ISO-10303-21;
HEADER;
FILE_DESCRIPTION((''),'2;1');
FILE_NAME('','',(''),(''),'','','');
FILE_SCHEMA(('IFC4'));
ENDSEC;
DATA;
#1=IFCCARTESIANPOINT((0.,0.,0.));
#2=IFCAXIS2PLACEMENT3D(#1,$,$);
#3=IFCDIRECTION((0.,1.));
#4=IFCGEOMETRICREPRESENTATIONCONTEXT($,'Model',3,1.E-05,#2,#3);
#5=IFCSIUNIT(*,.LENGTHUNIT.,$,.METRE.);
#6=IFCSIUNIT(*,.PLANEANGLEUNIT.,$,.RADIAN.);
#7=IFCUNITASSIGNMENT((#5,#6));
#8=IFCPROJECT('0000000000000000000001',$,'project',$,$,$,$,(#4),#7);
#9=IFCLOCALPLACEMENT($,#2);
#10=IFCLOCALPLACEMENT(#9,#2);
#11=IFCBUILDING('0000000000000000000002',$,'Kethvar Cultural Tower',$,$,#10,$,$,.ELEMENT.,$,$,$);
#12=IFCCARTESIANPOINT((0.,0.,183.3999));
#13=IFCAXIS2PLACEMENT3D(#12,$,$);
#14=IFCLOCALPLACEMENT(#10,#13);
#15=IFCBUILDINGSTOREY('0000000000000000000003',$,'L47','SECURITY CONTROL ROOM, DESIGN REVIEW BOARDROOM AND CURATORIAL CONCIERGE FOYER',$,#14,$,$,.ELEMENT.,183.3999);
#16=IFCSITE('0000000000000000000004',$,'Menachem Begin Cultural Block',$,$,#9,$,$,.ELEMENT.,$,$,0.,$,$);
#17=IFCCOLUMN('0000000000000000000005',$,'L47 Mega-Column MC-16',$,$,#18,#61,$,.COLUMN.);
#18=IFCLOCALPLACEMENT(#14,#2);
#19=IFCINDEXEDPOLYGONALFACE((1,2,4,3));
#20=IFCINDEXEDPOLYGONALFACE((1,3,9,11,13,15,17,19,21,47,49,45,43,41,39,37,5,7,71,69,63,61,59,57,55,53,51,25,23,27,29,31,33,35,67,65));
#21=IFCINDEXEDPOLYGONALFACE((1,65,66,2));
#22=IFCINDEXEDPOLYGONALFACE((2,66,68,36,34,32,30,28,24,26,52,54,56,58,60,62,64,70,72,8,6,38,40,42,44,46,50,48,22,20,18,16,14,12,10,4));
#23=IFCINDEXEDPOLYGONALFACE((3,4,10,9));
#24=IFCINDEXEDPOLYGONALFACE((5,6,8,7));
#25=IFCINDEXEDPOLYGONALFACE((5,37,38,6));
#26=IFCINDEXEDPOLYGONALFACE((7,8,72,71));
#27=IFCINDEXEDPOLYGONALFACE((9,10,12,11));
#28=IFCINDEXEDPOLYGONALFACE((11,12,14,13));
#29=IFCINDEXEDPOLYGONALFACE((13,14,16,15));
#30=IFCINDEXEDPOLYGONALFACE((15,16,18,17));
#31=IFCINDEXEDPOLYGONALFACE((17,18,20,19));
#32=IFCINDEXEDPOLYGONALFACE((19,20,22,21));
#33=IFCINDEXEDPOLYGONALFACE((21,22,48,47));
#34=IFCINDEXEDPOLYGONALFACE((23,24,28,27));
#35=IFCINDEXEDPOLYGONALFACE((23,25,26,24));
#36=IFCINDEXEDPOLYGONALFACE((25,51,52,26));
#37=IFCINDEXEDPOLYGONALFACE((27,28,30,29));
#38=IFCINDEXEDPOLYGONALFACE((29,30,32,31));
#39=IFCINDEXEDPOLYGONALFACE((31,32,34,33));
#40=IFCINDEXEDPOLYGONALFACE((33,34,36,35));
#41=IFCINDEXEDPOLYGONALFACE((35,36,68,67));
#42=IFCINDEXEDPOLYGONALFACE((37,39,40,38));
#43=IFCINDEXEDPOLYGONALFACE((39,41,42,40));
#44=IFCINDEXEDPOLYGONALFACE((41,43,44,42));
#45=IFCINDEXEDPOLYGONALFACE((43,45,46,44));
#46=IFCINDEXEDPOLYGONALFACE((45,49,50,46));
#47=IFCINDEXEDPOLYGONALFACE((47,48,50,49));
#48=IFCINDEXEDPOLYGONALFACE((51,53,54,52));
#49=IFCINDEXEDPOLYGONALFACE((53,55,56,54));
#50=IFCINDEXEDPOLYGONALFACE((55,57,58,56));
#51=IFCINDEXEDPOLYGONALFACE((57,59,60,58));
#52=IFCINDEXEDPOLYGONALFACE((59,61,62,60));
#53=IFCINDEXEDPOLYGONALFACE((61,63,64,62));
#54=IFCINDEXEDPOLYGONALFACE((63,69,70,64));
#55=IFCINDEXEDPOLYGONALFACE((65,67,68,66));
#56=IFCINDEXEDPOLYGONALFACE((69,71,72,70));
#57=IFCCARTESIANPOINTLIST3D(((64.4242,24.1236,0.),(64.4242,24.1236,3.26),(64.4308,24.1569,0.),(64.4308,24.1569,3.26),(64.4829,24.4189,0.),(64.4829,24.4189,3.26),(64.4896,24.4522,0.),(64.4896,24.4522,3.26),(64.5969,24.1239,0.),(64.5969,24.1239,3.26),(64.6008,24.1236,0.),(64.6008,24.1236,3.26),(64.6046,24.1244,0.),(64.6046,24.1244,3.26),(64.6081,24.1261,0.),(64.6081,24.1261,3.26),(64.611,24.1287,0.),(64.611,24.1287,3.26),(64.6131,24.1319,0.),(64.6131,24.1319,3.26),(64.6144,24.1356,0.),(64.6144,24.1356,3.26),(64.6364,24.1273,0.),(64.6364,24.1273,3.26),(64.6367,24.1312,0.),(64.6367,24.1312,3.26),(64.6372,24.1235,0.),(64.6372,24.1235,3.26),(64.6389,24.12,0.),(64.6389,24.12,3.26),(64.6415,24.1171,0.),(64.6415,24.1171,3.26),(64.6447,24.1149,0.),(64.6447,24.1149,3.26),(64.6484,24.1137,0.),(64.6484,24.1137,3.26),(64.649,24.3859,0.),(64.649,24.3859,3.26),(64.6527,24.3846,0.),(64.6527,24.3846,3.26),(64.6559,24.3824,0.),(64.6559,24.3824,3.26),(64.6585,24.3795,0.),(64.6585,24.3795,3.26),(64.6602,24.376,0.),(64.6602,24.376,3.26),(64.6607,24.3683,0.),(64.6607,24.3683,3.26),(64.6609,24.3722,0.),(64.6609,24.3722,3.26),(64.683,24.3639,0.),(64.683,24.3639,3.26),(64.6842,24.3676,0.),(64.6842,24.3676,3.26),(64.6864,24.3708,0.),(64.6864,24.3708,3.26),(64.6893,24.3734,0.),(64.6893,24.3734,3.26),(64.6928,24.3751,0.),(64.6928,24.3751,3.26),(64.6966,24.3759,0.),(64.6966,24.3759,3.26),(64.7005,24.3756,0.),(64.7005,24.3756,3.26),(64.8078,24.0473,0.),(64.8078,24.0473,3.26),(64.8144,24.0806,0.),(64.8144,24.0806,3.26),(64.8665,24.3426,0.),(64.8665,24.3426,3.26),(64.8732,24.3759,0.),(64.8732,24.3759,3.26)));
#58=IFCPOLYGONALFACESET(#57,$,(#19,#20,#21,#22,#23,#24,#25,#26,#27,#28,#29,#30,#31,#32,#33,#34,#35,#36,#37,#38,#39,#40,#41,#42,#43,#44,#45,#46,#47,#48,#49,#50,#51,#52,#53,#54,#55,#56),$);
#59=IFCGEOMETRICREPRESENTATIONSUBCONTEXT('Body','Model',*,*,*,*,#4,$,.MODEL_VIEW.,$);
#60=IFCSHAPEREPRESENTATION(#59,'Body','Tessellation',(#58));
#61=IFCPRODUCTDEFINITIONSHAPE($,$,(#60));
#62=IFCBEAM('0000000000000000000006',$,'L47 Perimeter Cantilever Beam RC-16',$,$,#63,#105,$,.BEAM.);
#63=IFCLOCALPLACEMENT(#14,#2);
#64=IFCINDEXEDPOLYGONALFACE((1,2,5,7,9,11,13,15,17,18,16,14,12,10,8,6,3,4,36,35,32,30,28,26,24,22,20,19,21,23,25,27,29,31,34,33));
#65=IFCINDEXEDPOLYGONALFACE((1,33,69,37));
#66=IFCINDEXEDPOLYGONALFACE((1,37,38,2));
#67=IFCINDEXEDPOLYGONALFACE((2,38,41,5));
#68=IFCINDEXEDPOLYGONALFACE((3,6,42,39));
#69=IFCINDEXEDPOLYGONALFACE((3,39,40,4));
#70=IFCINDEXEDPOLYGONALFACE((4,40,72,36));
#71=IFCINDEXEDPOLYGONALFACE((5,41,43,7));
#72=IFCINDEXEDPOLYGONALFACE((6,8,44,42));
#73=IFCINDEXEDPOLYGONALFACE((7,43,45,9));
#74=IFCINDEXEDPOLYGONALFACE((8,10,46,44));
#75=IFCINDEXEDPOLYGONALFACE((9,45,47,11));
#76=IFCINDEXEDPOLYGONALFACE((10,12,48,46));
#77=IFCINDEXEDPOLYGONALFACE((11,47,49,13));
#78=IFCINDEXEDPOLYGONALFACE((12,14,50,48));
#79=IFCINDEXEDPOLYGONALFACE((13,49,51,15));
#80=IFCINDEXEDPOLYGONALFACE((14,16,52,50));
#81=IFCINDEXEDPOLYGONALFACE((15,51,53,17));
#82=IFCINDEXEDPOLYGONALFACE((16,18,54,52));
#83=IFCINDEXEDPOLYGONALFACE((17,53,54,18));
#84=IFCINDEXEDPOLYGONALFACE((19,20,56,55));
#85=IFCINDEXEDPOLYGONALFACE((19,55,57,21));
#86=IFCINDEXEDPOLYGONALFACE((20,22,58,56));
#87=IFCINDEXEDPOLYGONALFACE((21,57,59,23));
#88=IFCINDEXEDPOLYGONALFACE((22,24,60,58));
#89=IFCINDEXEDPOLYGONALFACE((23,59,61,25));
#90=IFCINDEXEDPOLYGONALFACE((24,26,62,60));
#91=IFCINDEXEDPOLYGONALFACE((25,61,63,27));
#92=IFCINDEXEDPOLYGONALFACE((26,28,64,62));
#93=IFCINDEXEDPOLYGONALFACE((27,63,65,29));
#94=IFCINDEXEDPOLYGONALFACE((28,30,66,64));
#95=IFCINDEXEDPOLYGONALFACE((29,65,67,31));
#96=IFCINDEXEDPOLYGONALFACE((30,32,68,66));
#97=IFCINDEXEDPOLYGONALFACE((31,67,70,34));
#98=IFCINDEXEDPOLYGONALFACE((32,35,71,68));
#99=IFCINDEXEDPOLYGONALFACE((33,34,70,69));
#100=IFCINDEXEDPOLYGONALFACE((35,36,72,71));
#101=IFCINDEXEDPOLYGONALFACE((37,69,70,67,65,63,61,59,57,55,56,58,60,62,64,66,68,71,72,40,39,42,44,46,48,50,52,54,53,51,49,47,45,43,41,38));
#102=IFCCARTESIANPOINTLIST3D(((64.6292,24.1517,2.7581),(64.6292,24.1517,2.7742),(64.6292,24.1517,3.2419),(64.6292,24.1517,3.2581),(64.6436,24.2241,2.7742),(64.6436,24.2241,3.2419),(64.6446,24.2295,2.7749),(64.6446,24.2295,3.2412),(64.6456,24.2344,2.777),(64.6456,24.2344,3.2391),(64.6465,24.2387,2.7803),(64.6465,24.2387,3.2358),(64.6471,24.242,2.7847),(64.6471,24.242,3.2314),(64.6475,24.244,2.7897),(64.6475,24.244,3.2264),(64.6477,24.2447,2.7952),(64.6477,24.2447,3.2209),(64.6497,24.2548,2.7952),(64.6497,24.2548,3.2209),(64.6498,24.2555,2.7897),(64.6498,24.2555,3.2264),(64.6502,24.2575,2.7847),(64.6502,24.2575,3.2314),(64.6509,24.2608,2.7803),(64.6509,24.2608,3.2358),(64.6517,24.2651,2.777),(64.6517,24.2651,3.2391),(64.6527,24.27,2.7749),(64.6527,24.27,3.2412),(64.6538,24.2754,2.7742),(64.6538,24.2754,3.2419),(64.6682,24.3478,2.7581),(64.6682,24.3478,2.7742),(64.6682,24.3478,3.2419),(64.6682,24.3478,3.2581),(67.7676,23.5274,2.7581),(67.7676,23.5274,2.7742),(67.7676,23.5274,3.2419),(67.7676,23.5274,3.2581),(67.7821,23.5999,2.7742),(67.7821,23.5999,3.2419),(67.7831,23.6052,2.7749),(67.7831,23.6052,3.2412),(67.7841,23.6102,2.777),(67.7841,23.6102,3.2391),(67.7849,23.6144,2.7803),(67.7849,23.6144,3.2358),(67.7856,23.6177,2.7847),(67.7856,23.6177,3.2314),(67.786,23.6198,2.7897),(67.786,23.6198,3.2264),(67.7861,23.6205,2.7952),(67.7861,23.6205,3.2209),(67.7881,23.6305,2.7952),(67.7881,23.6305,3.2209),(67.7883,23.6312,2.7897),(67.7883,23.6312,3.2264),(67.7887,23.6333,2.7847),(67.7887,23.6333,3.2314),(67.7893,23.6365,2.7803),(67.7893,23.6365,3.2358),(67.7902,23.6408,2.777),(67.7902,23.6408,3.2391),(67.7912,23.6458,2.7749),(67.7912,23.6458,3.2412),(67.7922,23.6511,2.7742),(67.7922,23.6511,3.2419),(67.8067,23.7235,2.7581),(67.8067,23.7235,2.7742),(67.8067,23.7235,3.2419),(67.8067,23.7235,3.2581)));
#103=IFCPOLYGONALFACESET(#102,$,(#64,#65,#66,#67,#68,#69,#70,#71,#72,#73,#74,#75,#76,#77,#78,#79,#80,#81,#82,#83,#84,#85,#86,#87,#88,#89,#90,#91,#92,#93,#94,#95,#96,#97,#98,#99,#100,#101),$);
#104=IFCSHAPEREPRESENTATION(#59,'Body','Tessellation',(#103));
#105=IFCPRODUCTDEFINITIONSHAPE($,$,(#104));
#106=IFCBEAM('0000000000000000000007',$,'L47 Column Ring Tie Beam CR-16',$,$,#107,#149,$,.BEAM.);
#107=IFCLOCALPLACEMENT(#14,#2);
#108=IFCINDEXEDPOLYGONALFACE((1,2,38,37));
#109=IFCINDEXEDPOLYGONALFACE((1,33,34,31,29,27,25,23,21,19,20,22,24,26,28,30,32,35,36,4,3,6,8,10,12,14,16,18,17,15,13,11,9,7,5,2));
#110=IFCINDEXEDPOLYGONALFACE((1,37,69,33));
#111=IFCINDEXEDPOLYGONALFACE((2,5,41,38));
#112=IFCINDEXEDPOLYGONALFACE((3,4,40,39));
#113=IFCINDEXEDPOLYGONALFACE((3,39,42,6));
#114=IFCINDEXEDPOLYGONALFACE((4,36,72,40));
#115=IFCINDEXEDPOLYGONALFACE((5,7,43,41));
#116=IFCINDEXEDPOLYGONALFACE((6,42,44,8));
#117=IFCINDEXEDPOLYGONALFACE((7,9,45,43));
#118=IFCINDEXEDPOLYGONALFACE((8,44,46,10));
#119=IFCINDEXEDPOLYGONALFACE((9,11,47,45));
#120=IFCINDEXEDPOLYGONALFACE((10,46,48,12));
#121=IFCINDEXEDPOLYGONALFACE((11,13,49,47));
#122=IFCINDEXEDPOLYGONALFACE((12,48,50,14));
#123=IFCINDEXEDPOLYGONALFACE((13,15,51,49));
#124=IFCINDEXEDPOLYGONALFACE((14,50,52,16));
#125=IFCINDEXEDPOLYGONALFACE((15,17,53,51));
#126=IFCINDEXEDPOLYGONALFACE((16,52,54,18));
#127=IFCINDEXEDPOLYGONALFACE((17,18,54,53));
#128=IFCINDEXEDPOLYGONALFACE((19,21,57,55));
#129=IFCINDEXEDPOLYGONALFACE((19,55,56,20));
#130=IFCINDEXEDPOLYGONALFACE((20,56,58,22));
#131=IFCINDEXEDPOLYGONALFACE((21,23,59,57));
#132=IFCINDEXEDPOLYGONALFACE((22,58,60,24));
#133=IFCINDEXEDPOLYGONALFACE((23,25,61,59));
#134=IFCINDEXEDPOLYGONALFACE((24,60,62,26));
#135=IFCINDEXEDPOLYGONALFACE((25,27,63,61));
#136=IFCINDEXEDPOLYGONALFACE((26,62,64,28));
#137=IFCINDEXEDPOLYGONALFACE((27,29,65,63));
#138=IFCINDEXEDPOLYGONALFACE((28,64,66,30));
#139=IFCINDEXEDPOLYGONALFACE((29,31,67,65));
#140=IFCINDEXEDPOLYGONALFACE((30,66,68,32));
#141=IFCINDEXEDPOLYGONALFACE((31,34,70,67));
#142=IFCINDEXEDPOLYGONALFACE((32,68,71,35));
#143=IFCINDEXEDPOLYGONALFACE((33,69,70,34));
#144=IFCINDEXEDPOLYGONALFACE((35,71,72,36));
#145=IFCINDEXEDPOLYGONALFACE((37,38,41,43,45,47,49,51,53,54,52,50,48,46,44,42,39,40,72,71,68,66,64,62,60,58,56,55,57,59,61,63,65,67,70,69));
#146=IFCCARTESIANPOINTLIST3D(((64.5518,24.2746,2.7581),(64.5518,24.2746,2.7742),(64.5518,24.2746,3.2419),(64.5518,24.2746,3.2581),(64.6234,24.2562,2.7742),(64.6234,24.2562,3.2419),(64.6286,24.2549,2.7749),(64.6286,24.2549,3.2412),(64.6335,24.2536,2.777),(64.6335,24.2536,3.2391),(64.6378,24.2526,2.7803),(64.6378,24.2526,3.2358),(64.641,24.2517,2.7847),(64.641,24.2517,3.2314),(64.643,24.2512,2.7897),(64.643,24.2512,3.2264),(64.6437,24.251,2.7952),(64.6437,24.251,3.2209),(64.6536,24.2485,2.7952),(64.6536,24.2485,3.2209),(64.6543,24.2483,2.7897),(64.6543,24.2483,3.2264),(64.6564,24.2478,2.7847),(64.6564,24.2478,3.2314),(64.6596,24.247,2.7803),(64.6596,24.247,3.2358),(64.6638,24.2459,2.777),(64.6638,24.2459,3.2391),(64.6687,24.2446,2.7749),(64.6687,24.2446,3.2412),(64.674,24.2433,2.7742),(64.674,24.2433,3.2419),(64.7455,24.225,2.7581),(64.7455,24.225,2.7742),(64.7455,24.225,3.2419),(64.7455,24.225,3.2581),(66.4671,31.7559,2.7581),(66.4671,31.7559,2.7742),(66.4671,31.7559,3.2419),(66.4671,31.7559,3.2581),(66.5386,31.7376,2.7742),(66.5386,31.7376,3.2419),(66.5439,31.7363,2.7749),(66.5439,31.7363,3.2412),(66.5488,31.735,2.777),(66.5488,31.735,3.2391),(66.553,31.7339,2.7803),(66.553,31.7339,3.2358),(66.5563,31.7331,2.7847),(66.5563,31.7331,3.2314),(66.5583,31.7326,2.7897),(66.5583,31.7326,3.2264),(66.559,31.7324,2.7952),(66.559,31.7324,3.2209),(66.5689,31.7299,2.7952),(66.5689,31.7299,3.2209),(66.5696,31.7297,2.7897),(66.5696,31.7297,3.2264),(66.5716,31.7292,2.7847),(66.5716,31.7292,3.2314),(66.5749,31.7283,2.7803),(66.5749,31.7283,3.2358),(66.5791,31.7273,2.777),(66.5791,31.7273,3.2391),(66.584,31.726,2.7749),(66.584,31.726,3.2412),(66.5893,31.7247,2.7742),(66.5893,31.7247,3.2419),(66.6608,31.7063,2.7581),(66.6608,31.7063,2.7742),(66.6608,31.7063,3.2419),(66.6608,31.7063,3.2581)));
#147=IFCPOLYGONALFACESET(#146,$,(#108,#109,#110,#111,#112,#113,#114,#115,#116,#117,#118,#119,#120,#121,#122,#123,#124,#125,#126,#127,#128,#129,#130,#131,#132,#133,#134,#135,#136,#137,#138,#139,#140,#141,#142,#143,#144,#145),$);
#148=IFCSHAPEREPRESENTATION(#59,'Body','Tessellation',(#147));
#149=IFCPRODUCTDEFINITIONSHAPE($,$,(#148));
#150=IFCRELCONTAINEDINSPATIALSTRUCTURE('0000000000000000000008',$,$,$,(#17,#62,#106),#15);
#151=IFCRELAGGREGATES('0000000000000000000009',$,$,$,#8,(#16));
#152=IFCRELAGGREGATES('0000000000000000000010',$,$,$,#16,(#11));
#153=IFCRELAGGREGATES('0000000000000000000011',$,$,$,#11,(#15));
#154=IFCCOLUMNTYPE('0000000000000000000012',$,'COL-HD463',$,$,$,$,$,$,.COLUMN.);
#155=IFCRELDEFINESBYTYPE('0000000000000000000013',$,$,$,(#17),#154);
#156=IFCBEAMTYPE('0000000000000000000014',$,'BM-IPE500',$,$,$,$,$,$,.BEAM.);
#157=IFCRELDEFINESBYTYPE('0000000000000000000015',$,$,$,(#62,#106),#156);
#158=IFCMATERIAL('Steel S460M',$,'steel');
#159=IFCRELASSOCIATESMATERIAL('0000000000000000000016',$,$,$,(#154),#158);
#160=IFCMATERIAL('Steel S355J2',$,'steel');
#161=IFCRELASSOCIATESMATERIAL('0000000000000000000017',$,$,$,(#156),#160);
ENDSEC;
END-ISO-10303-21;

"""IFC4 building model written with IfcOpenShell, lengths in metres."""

from ifc_helpers import new_model, si_unit, direction, frame, origin, origin_2d, place, context, subcontext, project, spatial, i_section, extrude, source, transform, mapped, material, material_profile, profile_set, type_object, element, save


model = new_model("IFC4")

# Units and contexts
model_context = context("Model", 3, precision=1e-05, world=origin(), true_north=direction((0.0, 1.0)))
body_context = subcontext(model_context, "Body", "Model", "MODEL_VIEW")
ifc_project = project(units=[si_unit("LENGTHUNIT", "METRE"), si_unit("PLANEANGLEUNIT", "RADIAN")], contexts=[model_context])

# Site, building, storey
site_placement = place(None, origin())
site = spatial("IfcSite", under=ifc_project, at=site_placement, Name="Menachem Begin Cultural Block", CompositionType="ELEMENT", RefElevation=0.0)
building_placement = place(site_placement, origin())
building = spatial("IfcBuilding", under=site, at=building_placement, Name="Kethvar Cultural Tower", CompositionType="ELEMENT")
storey_placement = place(building_placement, frame((0.0, 0.0, 183.3999)))
storey = spatial("IfcBuildingStorey", under=building, at=storey_placement, Name="L47", Description="SECURITY CONTROL ROOM, DESIGN REVIEW BOARDROOM AND CURATORIAL CONCIERGE FOYER", CompositionType="ELEMENT", Elevation=183.3999)

# Column
ifc_material_1 = material(Name="Steel S460M", Category="steel")
ifc_material_profile_1 = material_profile(ifc_material_1, i_section(OverallWidth=0.3911, OverallDepth=0.335, WebThickness=0.0227, FlangeThickness=0.0339, FilletRadius=0.0149, at=origin_2d()), Name="Steel S460M — HD400x463")
ifc_profile_set_1 = profile_set([ifc_material_profile_1], Name="Steel S460M — HD400x463")
column_type = type_object("IfcColumnType", Name="COL-HD463", PredefinedType="COLUMN", material=ifc_profile_set_1)
shared_shape_1 = source(origin(), body_context, "Body", "SweptSolid", [
    extrude(i_section(OverallWidth=0.3911, OverallDepth=0.335, WebThickness=0.0227, FlangeThickness=0.0339, FilletRadius=0.0149, at=origin_2d()), origin(), (0.0, 0.0, 1.0), 3.26),
])
column_placement = place(storey_placement, frame((64.6487, 24.2498, 0.0), z_axis=(0.0, 0.0, 1.0), x_axis=(0.980785, -0.19509, 0.0)))
element("IfcColumn", 1, at=column_placement, inside=storey, type_object=column_type, Name="L47 Mega-Column MC-16", PredefinedType="COLUMN", context=body_context, shape_type="MappedRepresentation", body=[
    mapped(shared_shape_1, transform((0.0, 0.0, 0.0), scale=1.0)),
])

# Beams
ifc_material_2 = material(Name="Steel S355J2", Category="steel")
ifc_material_profile_2 = material_profile(ifc_material_2, i_section(OverallWidth=0.2, OverallDepth=0.5, WebThickness=0.0103, FlangeThickness=0.0161, FilletRadius=0.021, at=origin_2d()), Name="Steel S355J2 — IPE500")
ifc_profile_set_2 = profile_set([ifc_material_profile_2], Name="Steel S355J2 — IPE500")
beam_type_1 = type_object("IfcBeamType", Name="BM-IPE500", PredefinedType="BEAM", material=ifc_profile_set_2)
shared_shape_2 = source(origin(), body_context, "Body", "SweptSolid", [
    extrude(i_section(OverallWidth=0.2, OverallDepth=0.5, WebThickness=0.0103, FlangeThickness=0.0161, FilletRadius=0.021, at=origin_2d()), origin(), (0.0, 0.0, 1.0), 3.2),
])
beam_1_placement = place(storey_placement, frame((64.6487, 24.2498, 3.0081), z_axis=(0.980786, -0.195089, 0.0), x_axis=(0.195089, 0.980786, 0.0)))
element("IfcBeam", 2, at=beam_1_placement, inside=storey, type_object=beam_type_1, Name="L47 Perimeter Cantilever Beam RC-16", PredefinedType="BEAM", context=body_context, shape_type="MappedRepresentation", body=[
    mapped(shared_shape_2, transform((0.0, 0.0, 0.0), scale=1.0)),
])
shared_shape_3 = source(origin(), body_context, "Body", "SweptSolid", [
    extrude(i_section(OverallWidth=0.2, OverallDepth=0.5, WebThickness=0.0103, FlangeThickness=0.0161, FilletRadius=0.021, at=origin_2d()), origin(), (0.0, 0.0, 1.0), 7.7227),
])
beam_2_placement = place(storey_placement, frame((64.6487, 24.2498, 3.0081), z_axis=(0.248006, 0.968758, 0.0), x_axis=(-0.968758, 0.248006, 0.0)))
element("IfcBeam", 3, at=beam_2_placement, inside=storey, type_object=beam_type_1, Name="L47 Column Ring Tie Beam CR-16", PredefinedType="BEAM", context=body_context, shape_type="MappedRepresentation", body=[
    mapped(shared_shape_3, transform((0.0, 0.0, 0.0), scale=1.0)),
])

save(model, "model.ifc")
